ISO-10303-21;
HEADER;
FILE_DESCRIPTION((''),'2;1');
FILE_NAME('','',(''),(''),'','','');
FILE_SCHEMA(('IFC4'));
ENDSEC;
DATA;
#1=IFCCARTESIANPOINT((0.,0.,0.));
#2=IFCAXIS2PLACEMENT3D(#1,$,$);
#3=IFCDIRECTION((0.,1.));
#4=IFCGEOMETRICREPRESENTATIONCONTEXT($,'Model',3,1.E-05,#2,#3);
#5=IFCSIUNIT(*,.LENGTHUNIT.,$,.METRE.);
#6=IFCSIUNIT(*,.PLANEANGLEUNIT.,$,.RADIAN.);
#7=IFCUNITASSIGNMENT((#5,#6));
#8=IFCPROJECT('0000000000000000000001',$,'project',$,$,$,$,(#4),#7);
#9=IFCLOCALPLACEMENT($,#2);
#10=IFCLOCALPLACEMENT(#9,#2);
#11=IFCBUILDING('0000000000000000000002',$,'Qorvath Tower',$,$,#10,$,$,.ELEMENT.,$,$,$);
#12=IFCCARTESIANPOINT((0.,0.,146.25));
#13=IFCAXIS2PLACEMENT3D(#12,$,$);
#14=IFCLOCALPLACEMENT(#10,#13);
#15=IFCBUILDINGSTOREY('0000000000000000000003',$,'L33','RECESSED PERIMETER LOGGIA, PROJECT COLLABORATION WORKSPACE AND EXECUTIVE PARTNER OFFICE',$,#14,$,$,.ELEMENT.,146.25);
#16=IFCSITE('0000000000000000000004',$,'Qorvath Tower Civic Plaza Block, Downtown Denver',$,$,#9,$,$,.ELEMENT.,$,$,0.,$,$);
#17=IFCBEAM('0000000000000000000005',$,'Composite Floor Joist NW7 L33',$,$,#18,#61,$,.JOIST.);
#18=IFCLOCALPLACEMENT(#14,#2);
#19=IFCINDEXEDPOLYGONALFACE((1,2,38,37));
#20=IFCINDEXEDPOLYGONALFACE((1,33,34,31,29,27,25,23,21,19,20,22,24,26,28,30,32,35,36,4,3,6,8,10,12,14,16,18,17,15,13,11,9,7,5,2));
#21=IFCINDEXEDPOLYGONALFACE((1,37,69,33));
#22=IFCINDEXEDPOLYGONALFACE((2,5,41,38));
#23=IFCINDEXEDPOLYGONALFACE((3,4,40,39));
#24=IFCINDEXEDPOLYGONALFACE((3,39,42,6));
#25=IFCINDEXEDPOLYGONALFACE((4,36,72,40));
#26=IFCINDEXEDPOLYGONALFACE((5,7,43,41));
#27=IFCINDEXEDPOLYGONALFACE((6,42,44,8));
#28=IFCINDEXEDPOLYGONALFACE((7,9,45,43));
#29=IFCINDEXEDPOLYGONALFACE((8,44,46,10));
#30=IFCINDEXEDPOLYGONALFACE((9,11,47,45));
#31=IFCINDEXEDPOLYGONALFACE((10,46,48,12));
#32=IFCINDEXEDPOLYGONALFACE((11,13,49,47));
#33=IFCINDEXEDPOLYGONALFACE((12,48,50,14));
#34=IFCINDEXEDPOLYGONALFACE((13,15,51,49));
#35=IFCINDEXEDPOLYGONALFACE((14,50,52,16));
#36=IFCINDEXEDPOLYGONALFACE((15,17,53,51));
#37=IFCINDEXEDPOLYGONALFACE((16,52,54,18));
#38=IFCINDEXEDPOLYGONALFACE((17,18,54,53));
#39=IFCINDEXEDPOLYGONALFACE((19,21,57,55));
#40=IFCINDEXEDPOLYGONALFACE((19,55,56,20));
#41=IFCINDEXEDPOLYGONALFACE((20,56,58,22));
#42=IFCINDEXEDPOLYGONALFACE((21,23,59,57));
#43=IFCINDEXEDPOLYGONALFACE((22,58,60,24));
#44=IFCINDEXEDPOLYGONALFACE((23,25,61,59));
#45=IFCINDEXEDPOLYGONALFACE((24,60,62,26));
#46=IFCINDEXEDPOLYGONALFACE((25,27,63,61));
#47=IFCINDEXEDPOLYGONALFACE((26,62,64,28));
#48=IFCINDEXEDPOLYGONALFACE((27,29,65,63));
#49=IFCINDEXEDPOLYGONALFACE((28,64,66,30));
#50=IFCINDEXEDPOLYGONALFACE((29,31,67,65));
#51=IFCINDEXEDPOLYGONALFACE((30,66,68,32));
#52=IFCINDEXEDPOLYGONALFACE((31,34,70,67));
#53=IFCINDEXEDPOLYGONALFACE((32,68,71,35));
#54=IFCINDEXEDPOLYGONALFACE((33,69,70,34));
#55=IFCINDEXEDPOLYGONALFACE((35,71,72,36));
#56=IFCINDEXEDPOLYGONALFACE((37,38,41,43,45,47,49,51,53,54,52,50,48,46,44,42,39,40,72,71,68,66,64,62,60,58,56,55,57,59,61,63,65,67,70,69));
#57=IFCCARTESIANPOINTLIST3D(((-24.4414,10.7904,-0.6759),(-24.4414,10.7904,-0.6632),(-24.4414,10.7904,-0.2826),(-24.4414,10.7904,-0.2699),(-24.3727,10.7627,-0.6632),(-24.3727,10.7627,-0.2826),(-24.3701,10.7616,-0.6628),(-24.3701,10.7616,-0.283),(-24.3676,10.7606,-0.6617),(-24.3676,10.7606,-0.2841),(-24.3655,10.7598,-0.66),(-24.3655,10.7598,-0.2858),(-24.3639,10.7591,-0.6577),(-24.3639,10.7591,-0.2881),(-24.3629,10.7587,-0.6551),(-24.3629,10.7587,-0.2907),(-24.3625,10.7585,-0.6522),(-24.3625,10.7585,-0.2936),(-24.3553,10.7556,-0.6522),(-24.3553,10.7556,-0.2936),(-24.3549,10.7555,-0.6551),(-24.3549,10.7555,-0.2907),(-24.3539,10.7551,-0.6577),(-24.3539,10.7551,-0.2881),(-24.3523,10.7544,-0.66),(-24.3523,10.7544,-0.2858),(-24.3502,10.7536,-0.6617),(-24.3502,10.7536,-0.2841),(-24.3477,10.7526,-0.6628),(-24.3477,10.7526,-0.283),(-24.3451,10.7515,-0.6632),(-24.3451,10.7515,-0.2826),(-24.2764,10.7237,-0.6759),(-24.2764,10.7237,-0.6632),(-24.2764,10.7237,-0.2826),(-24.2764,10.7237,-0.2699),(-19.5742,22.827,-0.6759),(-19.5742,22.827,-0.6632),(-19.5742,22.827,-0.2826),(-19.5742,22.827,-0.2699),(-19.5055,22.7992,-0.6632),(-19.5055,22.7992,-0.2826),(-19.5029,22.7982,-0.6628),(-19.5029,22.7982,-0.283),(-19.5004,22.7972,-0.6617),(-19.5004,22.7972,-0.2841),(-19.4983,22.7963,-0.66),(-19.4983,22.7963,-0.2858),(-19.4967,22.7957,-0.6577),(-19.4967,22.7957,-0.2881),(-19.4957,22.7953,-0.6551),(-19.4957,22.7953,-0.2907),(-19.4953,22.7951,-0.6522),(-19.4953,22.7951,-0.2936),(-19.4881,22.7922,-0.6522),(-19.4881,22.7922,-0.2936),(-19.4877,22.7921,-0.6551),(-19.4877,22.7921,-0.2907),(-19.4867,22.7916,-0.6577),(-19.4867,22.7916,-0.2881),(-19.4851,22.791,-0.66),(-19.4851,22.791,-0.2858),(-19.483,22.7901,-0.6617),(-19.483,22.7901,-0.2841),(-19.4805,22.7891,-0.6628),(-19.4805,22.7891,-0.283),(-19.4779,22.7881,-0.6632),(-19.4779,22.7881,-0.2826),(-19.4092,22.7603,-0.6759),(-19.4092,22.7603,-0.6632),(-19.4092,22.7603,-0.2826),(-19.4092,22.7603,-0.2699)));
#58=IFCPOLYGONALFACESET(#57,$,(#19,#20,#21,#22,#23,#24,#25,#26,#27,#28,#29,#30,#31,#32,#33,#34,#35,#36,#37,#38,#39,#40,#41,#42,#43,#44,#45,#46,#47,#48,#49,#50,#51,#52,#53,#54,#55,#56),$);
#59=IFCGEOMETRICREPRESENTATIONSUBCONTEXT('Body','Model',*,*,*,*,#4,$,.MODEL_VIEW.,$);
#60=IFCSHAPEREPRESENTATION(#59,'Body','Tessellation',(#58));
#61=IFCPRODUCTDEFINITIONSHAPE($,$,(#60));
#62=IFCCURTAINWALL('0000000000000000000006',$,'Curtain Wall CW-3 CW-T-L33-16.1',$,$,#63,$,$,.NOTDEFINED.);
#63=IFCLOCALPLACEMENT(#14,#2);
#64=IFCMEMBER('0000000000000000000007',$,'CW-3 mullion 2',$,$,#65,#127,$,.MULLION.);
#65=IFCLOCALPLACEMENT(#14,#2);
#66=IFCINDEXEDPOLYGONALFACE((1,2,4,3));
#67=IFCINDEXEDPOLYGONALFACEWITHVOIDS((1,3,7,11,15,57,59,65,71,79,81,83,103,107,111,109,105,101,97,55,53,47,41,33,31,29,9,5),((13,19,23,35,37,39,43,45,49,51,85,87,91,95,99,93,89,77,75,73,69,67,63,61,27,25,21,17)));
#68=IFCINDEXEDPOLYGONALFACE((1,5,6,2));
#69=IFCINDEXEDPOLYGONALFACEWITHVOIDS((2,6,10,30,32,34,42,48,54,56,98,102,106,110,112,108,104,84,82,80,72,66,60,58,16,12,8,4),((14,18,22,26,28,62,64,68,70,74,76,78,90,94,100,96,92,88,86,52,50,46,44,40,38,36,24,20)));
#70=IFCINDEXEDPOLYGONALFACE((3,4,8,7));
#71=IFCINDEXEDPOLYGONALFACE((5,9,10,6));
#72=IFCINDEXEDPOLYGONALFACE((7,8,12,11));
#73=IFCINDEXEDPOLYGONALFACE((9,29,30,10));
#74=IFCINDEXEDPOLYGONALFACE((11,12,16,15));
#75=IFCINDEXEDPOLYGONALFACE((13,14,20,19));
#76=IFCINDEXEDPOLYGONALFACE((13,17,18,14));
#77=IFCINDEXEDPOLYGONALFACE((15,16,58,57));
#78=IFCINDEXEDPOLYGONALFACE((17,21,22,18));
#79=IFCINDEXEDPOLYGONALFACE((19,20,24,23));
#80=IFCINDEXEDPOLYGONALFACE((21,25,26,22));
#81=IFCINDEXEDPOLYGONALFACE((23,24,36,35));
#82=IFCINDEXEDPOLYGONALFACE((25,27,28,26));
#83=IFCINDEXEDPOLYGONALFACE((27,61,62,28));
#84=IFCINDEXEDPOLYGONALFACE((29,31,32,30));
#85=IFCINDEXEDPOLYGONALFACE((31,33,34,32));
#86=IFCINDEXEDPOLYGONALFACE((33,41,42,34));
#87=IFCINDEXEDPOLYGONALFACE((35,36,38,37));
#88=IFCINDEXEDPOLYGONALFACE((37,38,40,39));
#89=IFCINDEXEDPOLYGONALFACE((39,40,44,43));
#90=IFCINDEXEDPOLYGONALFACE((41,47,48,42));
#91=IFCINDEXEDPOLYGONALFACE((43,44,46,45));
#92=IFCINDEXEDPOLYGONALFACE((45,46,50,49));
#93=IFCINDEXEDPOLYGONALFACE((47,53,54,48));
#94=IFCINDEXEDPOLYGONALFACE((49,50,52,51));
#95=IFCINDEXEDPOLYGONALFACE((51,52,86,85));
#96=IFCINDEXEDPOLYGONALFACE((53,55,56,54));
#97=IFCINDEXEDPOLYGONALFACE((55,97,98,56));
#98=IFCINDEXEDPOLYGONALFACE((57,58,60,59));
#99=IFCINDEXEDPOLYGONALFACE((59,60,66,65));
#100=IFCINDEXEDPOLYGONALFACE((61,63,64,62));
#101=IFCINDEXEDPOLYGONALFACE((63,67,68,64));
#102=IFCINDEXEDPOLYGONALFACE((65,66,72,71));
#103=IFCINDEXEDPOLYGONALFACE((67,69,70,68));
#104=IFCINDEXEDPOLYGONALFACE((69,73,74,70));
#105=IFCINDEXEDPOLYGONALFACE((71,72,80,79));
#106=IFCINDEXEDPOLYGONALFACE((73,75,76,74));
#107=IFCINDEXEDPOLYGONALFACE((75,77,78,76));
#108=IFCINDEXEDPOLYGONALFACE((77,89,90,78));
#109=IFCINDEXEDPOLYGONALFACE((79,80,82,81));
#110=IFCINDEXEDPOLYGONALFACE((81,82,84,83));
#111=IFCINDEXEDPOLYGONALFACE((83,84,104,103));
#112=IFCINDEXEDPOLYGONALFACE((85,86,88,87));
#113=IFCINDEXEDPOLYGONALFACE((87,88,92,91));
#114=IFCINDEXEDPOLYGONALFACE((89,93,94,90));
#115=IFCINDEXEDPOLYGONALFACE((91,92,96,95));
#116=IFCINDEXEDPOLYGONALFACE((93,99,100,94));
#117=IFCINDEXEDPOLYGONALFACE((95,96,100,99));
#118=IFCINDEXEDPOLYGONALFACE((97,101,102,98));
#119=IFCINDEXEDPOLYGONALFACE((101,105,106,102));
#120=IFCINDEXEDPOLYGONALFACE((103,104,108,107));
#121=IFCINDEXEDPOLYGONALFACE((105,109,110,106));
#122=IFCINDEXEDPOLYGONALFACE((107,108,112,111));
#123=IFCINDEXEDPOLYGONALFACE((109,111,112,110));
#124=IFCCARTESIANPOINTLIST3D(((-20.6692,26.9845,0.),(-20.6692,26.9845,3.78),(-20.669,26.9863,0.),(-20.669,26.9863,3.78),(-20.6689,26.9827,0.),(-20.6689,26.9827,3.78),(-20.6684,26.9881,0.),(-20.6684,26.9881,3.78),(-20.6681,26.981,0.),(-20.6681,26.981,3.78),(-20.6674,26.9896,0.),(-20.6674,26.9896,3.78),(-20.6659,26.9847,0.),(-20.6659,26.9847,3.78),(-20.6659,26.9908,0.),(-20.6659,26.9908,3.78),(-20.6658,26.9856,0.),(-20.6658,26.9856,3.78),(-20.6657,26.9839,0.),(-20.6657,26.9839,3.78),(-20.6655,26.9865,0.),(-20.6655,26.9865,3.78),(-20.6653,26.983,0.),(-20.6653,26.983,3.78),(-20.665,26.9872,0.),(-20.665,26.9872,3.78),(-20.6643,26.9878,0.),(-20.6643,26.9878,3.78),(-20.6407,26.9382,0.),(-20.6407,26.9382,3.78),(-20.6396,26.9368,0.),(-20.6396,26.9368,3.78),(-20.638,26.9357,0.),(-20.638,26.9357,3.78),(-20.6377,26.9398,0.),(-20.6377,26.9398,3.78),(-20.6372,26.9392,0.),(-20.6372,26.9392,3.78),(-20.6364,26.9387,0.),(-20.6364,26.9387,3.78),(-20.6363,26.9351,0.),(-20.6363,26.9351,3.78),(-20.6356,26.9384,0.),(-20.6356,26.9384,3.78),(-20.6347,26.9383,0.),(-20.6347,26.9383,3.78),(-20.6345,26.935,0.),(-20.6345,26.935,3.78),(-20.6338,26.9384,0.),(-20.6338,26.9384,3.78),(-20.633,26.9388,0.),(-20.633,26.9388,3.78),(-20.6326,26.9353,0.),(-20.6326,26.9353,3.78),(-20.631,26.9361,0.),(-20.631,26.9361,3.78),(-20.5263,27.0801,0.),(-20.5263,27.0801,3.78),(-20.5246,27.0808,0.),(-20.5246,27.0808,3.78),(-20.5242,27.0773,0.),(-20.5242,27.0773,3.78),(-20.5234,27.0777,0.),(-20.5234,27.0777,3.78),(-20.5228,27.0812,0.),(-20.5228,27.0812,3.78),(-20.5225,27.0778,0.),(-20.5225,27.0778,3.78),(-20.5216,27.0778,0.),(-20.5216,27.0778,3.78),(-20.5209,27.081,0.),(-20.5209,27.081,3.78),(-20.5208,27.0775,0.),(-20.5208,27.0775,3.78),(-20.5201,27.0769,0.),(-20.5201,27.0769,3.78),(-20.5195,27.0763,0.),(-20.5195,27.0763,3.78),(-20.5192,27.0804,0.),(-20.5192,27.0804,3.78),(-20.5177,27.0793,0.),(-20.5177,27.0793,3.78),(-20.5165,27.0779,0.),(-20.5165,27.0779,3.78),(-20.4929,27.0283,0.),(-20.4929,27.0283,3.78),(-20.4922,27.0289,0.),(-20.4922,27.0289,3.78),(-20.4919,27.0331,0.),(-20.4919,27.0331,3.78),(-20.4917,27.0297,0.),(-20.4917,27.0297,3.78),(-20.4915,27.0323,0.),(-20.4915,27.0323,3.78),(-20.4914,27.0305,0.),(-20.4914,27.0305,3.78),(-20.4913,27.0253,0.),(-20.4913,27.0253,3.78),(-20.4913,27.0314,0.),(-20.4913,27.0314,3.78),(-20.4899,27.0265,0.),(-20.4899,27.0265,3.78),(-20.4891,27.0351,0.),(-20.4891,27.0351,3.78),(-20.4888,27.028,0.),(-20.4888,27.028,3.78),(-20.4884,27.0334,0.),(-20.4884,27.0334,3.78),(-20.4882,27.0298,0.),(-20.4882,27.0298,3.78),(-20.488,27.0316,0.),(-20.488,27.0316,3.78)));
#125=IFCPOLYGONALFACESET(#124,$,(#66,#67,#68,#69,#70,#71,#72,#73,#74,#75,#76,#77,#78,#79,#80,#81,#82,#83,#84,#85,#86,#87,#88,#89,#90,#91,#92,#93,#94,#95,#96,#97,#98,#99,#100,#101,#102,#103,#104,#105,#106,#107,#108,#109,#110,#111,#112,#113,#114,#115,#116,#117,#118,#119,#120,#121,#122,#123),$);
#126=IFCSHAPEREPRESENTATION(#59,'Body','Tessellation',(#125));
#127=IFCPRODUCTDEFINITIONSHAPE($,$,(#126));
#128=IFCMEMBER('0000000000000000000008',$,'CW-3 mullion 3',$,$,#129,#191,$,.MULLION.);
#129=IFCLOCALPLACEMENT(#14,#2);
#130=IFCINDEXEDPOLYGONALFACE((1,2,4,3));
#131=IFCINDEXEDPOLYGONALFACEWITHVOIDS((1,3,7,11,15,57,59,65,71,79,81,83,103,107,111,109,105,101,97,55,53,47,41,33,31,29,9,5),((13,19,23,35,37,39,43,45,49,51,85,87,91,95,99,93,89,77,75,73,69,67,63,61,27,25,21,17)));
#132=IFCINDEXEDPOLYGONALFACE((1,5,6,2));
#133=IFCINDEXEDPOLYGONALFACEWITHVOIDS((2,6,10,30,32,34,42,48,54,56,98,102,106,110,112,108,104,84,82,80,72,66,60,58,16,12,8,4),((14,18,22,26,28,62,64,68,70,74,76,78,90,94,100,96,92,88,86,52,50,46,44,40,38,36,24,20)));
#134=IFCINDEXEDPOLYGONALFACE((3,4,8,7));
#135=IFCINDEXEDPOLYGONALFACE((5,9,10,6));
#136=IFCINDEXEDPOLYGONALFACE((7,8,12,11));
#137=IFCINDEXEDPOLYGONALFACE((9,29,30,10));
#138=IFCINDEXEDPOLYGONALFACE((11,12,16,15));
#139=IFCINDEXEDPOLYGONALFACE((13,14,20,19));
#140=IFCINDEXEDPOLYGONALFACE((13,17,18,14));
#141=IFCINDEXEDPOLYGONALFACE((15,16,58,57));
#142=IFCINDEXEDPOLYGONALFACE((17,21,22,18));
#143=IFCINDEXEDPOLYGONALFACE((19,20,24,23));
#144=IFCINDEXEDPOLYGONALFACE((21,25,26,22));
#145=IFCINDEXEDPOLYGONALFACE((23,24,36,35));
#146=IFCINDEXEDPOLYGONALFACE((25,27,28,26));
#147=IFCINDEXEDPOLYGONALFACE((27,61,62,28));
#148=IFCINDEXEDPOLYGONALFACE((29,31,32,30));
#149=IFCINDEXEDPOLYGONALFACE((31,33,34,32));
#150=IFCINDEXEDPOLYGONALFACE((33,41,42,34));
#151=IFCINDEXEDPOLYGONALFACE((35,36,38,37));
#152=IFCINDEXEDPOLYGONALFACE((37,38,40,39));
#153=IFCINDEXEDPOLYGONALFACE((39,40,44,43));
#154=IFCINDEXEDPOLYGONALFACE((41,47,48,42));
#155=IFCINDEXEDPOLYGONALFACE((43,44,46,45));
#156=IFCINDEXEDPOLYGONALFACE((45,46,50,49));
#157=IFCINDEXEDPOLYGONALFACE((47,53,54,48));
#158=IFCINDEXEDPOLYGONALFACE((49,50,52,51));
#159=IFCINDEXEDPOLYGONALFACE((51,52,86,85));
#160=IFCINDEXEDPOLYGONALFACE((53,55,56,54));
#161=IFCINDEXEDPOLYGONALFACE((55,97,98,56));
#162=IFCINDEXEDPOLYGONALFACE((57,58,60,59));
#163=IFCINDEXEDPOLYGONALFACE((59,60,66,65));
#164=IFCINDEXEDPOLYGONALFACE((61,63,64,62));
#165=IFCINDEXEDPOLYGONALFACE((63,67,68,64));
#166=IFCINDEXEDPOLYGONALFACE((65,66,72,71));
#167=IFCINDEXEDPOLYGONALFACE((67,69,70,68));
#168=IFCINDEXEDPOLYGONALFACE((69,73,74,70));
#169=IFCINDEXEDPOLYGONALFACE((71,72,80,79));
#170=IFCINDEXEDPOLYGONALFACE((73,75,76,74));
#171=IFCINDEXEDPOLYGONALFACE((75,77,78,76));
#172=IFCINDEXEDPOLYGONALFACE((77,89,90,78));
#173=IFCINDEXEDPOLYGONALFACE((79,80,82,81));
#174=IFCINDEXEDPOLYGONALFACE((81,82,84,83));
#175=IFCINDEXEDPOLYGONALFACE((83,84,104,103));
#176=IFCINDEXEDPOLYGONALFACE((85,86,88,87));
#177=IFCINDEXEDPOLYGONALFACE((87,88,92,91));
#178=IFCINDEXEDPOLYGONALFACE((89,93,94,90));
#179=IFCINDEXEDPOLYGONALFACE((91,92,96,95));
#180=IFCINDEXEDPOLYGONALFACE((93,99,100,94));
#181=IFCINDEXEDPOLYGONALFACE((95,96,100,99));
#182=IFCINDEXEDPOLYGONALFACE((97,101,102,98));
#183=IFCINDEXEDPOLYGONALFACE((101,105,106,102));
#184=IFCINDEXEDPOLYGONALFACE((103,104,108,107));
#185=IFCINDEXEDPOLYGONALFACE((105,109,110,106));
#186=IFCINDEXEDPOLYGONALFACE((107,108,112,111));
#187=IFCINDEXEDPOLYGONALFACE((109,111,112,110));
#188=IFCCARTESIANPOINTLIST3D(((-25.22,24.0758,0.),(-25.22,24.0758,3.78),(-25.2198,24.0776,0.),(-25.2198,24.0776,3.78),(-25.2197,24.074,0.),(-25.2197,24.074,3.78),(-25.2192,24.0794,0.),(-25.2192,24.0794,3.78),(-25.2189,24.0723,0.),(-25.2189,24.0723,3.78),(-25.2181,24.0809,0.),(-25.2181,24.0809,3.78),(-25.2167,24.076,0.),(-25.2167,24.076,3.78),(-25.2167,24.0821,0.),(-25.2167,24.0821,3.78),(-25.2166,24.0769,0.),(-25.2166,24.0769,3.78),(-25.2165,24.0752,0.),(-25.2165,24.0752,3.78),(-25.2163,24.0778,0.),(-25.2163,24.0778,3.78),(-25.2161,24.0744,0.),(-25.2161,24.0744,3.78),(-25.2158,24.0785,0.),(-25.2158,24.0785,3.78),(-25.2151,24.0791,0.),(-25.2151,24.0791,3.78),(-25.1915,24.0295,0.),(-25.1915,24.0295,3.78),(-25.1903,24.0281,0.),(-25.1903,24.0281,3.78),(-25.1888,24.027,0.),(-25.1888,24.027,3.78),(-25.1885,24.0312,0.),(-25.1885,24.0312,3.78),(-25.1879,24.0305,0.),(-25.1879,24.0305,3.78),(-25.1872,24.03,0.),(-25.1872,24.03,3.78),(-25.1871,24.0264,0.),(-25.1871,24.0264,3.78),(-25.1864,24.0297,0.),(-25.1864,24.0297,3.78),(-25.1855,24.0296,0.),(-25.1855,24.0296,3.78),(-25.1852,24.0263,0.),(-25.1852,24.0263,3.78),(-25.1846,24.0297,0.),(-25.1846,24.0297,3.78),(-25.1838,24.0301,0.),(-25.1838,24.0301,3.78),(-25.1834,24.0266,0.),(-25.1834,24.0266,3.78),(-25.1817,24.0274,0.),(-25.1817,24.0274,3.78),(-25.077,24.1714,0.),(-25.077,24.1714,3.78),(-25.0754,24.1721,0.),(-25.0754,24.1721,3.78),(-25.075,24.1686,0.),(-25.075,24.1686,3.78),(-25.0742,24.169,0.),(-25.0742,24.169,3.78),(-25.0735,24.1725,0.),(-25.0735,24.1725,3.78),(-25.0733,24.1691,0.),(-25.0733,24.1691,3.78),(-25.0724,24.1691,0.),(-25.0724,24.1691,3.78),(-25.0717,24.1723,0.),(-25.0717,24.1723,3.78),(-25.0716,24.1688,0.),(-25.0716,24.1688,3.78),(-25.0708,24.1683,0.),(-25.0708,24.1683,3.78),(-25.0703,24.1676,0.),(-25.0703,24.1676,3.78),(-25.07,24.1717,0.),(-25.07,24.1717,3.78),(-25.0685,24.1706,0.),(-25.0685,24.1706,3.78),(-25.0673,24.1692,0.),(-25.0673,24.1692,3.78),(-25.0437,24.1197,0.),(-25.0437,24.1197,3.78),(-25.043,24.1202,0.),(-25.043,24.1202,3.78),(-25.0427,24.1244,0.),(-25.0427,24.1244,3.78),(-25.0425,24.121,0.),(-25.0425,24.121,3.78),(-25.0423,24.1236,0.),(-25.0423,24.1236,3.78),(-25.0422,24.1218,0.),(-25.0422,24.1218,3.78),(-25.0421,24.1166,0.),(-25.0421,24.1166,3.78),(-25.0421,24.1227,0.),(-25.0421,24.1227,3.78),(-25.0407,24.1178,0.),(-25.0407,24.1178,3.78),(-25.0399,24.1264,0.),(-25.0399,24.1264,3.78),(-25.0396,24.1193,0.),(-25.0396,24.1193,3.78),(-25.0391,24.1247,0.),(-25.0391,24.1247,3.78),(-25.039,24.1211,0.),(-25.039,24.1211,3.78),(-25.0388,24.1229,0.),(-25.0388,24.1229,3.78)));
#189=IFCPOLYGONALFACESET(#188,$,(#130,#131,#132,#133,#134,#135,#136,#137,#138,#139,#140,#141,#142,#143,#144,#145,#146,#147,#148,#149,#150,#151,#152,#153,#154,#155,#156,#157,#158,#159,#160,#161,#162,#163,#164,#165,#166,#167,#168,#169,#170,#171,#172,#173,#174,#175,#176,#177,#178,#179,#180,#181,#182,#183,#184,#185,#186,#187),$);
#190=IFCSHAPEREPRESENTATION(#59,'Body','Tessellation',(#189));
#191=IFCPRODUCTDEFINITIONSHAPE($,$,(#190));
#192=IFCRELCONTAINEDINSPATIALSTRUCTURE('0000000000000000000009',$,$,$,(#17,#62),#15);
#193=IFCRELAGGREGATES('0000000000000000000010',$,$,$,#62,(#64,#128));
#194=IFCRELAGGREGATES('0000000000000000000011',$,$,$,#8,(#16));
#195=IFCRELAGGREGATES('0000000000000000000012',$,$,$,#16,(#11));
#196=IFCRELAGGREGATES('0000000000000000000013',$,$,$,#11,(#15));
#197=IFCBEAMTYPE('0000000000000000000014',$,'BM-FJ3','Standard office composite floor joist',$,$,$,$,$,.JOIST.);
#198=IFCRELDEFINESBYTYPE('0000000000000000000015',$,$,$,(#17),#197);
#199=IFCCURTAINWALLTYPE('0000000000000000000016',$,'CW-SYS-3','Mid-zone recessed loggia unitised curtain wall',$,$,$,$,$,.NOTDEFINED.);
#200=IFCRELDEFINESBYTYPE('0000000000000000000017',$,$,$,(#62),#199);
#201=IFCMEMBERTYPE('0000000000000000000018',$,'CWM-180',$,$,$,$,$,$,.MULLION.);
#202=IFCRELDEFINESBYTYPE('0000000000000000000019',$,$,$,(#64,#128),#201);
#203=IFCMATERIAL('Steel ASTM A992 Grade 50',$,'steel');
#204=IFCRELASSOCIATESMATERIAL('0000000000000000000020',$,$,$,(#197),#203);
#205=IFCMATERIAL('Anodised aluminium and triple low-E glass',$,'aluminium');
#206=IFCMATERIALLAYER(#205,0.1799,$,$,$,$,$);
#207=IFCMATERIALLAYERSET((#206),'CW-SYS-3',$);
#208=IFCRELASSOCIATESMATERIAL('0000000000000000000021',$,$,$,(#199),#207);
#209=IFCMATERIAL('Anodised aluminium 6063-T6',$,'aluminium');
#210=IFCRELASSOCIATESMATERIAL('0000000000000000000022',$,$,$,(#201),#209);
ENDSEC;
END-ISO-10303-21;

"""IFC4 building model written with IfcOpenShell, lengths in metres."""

from ifc_helpers import new_model, si_unit, direction, frame, origin, origin_2d, place, context, subcontext, project, spatial, hollow_rectangle, i_section, extrude, material, layer, layer_set, material_profile, profile_set, type_object, element, aggregate, save


model = new_model("IFC4")

# Units and contexts
model_context = context("Model", 3, precision=1e-05, world=origin(), true_north=direction((0.0, 1.0)))
body_context = subcontext(model_context, "Body", "Model", "MODEL_VIEW")
ifc_project = project(units=[si_unit("LENGTHUNIT", "METRE"), si_unit("PLANEANGLEUNIT", "RADIAN")], contexts=[model_context])

# Site, building, storey
site_placement = place(None, origin())
site = spatial("IfcSite", under=ifc_project, at=site_placement, Name="Qorvath Tower Civic Plaza Block, Downtown Denver", CompositionType="ELEMENT", RefElevation=0.0)
building_placement = place(site_placement, origin())
building = spatial("IfcBuilding", under=site, at=building_placement, Name="Qorvath Tower", CompositionType="ELEMENT")
storey_placement = place(building_placement, frame((0.0, 0.0, 146.25)))
storey = spatial("IfcBuildingStorey", under=building, at=storey_placement, Name="L33", Description="RECESSED PERIMETER LOGGIA, PROJECT COLLABORATION WORKSPACE AND EXECUTIVE PARTNER OFFICE", CompositionType="ELEMENT", Elevation=146.25)

# Beam
ifc_material_1 = material(Name="Steel ASTM A992 Grade 50", Category="steel")
ifc_material_profile_1 = material_profile(ifc_material_1, i_section(OverallWidth=0.178, OverallDepth=0.406, WebThickness=0.0078, FlangeThickness=0.0127, FilletRadius=0.011, at=origin_2d()), Name="W16x40")
ifc_profile_set_1 = profile_set([ifc_material_profile_1], Name="Steel ASTM A992 Grade 50")
beam_type_1 = type_object("IfcBeamType", Name="BM-FJ3", Description="Standard office composite floor joist", PredefinedType="JOIST", material=ifc_profile_set_1)
beam_1_placement = place(storey_placement, frame((-24.3589, 10.7571, -0.4729), z_axis=(0.374877, 0.927075, 0.0), x_axis=(-0.927075, 0.374877, 0.0)))
element("IfcBeam", 1, at=beam_1_placement, inside=storey, type_object=beam_type_1, Name="Composite Floor Joist NW7 L33", PredefinedType="JOIST", context=body_context, shape_type="SweptSolid", body=[
    extrude(i_section(OverallWidth=0.178, OverallDepth=0.406, WebThickness=0.0078, FlangeThickness=0.0127, FilletRadius=0.011, at=origin_2d()), origin(), (0.0, 0.0, 1.0), 12.9834),
])

# Curtain wall, members
ifc_material_2 = material(Name="Anodised aluminium and triple low-E glass", Category="aluminium")
ifc_layer_1 = layer(ifc_material_2, 0.1799)
ifc_layer_set_1 = layer_set([ifc_layer_1], Name="CW-SYS-3")
curtain_wall_type = type_object("IfcCurtainWallType", Name="CW-SYS-3", Description="Mid-zone recessed loggia unitised curtain wall", PredefinedType="NOTDEFINED", material=ifc_layer_set_1)
curtain_wall_placement = place(storey_placement, origin())
curtain_wall = element("IfcCurtainWall", 2, at=curtain_wall_placement, inside=storey, type_object=curtain_wall_type, Name="Curtain Wall CW-3 CW-T-L33-16.1", PredefinedType="NOTDEFINED")
ifc_material_3 = material(Name="Anodised aluminium 6063-T6", Category="aluminium")
ifc_material_profile_2 = material_profile(ifc_material_3, hollow_rectangle(XDim=0.0649, YDim=0.1799, WallThickness=0.0034, InnerFilletRadius=0.0034, OuterFilletRadius=0.0071, at=origin_2d()), Name="CWM 180x65")
ifc_profile_set_2 = profile_set([ifc_material_profile_2], Name="Anodised aluminium 6063-T6")
member_type_1 = type_object("IfcMemberType", Name="CWM-180", PredefinedType="MULLION", material=ifc_profile_set_2)
member_1_placement = place(storey_placement, frame((-20.5786, 27.0081, 0.0), z_axis=(0.0, 0.0, 1.0), x_axis=(0.538533, -0.842604, 0.0)))
member_1 = element("IfcMember", 3, at=member_1_placement, type_object=member_type_1, Name="CW-3 mullion 2", PredefinedType="MULLION", context=body_context, shape_type="SweptSolid", body=[
    extrude(hollow_rectangle(XDim=0.0649, YDim=0.1799, WallThickness=0.0034, InnerFilletRadius=0.0034, OuterFilletRadius=0.0071, at=origin_2d()), origin(), (0.0, 0.0, 1.0), 3.78),
])
member_2_placement = place(storey_placement, frame((-25.1294, 24.0994, 0.0), z_axis=(0.0, 0.0, 1.0), x_axis=(0.538533, -0.842604, 0.0)))
member_2 = element("IfcMember", 4, at=member_2_placement, type_object=member_type_1, Name="CW-3 mullion 3", PredefinedType="MULLION", context=body_context, shape_type="SweptSolid", body=[
    extrude(hollow_rectangle(XDim=0.0649, YDim=0.1799, WallThickness=0.0034, InnerFilletRadius=0.0034, OuterFilletRadius=0.0071, at=origin_2d()), origin(), (0.0, 0.0, 1.0), 3.78),
])
aggregate(curtain_wall, [member_1, member_2])

save(model, "model.ifc")
